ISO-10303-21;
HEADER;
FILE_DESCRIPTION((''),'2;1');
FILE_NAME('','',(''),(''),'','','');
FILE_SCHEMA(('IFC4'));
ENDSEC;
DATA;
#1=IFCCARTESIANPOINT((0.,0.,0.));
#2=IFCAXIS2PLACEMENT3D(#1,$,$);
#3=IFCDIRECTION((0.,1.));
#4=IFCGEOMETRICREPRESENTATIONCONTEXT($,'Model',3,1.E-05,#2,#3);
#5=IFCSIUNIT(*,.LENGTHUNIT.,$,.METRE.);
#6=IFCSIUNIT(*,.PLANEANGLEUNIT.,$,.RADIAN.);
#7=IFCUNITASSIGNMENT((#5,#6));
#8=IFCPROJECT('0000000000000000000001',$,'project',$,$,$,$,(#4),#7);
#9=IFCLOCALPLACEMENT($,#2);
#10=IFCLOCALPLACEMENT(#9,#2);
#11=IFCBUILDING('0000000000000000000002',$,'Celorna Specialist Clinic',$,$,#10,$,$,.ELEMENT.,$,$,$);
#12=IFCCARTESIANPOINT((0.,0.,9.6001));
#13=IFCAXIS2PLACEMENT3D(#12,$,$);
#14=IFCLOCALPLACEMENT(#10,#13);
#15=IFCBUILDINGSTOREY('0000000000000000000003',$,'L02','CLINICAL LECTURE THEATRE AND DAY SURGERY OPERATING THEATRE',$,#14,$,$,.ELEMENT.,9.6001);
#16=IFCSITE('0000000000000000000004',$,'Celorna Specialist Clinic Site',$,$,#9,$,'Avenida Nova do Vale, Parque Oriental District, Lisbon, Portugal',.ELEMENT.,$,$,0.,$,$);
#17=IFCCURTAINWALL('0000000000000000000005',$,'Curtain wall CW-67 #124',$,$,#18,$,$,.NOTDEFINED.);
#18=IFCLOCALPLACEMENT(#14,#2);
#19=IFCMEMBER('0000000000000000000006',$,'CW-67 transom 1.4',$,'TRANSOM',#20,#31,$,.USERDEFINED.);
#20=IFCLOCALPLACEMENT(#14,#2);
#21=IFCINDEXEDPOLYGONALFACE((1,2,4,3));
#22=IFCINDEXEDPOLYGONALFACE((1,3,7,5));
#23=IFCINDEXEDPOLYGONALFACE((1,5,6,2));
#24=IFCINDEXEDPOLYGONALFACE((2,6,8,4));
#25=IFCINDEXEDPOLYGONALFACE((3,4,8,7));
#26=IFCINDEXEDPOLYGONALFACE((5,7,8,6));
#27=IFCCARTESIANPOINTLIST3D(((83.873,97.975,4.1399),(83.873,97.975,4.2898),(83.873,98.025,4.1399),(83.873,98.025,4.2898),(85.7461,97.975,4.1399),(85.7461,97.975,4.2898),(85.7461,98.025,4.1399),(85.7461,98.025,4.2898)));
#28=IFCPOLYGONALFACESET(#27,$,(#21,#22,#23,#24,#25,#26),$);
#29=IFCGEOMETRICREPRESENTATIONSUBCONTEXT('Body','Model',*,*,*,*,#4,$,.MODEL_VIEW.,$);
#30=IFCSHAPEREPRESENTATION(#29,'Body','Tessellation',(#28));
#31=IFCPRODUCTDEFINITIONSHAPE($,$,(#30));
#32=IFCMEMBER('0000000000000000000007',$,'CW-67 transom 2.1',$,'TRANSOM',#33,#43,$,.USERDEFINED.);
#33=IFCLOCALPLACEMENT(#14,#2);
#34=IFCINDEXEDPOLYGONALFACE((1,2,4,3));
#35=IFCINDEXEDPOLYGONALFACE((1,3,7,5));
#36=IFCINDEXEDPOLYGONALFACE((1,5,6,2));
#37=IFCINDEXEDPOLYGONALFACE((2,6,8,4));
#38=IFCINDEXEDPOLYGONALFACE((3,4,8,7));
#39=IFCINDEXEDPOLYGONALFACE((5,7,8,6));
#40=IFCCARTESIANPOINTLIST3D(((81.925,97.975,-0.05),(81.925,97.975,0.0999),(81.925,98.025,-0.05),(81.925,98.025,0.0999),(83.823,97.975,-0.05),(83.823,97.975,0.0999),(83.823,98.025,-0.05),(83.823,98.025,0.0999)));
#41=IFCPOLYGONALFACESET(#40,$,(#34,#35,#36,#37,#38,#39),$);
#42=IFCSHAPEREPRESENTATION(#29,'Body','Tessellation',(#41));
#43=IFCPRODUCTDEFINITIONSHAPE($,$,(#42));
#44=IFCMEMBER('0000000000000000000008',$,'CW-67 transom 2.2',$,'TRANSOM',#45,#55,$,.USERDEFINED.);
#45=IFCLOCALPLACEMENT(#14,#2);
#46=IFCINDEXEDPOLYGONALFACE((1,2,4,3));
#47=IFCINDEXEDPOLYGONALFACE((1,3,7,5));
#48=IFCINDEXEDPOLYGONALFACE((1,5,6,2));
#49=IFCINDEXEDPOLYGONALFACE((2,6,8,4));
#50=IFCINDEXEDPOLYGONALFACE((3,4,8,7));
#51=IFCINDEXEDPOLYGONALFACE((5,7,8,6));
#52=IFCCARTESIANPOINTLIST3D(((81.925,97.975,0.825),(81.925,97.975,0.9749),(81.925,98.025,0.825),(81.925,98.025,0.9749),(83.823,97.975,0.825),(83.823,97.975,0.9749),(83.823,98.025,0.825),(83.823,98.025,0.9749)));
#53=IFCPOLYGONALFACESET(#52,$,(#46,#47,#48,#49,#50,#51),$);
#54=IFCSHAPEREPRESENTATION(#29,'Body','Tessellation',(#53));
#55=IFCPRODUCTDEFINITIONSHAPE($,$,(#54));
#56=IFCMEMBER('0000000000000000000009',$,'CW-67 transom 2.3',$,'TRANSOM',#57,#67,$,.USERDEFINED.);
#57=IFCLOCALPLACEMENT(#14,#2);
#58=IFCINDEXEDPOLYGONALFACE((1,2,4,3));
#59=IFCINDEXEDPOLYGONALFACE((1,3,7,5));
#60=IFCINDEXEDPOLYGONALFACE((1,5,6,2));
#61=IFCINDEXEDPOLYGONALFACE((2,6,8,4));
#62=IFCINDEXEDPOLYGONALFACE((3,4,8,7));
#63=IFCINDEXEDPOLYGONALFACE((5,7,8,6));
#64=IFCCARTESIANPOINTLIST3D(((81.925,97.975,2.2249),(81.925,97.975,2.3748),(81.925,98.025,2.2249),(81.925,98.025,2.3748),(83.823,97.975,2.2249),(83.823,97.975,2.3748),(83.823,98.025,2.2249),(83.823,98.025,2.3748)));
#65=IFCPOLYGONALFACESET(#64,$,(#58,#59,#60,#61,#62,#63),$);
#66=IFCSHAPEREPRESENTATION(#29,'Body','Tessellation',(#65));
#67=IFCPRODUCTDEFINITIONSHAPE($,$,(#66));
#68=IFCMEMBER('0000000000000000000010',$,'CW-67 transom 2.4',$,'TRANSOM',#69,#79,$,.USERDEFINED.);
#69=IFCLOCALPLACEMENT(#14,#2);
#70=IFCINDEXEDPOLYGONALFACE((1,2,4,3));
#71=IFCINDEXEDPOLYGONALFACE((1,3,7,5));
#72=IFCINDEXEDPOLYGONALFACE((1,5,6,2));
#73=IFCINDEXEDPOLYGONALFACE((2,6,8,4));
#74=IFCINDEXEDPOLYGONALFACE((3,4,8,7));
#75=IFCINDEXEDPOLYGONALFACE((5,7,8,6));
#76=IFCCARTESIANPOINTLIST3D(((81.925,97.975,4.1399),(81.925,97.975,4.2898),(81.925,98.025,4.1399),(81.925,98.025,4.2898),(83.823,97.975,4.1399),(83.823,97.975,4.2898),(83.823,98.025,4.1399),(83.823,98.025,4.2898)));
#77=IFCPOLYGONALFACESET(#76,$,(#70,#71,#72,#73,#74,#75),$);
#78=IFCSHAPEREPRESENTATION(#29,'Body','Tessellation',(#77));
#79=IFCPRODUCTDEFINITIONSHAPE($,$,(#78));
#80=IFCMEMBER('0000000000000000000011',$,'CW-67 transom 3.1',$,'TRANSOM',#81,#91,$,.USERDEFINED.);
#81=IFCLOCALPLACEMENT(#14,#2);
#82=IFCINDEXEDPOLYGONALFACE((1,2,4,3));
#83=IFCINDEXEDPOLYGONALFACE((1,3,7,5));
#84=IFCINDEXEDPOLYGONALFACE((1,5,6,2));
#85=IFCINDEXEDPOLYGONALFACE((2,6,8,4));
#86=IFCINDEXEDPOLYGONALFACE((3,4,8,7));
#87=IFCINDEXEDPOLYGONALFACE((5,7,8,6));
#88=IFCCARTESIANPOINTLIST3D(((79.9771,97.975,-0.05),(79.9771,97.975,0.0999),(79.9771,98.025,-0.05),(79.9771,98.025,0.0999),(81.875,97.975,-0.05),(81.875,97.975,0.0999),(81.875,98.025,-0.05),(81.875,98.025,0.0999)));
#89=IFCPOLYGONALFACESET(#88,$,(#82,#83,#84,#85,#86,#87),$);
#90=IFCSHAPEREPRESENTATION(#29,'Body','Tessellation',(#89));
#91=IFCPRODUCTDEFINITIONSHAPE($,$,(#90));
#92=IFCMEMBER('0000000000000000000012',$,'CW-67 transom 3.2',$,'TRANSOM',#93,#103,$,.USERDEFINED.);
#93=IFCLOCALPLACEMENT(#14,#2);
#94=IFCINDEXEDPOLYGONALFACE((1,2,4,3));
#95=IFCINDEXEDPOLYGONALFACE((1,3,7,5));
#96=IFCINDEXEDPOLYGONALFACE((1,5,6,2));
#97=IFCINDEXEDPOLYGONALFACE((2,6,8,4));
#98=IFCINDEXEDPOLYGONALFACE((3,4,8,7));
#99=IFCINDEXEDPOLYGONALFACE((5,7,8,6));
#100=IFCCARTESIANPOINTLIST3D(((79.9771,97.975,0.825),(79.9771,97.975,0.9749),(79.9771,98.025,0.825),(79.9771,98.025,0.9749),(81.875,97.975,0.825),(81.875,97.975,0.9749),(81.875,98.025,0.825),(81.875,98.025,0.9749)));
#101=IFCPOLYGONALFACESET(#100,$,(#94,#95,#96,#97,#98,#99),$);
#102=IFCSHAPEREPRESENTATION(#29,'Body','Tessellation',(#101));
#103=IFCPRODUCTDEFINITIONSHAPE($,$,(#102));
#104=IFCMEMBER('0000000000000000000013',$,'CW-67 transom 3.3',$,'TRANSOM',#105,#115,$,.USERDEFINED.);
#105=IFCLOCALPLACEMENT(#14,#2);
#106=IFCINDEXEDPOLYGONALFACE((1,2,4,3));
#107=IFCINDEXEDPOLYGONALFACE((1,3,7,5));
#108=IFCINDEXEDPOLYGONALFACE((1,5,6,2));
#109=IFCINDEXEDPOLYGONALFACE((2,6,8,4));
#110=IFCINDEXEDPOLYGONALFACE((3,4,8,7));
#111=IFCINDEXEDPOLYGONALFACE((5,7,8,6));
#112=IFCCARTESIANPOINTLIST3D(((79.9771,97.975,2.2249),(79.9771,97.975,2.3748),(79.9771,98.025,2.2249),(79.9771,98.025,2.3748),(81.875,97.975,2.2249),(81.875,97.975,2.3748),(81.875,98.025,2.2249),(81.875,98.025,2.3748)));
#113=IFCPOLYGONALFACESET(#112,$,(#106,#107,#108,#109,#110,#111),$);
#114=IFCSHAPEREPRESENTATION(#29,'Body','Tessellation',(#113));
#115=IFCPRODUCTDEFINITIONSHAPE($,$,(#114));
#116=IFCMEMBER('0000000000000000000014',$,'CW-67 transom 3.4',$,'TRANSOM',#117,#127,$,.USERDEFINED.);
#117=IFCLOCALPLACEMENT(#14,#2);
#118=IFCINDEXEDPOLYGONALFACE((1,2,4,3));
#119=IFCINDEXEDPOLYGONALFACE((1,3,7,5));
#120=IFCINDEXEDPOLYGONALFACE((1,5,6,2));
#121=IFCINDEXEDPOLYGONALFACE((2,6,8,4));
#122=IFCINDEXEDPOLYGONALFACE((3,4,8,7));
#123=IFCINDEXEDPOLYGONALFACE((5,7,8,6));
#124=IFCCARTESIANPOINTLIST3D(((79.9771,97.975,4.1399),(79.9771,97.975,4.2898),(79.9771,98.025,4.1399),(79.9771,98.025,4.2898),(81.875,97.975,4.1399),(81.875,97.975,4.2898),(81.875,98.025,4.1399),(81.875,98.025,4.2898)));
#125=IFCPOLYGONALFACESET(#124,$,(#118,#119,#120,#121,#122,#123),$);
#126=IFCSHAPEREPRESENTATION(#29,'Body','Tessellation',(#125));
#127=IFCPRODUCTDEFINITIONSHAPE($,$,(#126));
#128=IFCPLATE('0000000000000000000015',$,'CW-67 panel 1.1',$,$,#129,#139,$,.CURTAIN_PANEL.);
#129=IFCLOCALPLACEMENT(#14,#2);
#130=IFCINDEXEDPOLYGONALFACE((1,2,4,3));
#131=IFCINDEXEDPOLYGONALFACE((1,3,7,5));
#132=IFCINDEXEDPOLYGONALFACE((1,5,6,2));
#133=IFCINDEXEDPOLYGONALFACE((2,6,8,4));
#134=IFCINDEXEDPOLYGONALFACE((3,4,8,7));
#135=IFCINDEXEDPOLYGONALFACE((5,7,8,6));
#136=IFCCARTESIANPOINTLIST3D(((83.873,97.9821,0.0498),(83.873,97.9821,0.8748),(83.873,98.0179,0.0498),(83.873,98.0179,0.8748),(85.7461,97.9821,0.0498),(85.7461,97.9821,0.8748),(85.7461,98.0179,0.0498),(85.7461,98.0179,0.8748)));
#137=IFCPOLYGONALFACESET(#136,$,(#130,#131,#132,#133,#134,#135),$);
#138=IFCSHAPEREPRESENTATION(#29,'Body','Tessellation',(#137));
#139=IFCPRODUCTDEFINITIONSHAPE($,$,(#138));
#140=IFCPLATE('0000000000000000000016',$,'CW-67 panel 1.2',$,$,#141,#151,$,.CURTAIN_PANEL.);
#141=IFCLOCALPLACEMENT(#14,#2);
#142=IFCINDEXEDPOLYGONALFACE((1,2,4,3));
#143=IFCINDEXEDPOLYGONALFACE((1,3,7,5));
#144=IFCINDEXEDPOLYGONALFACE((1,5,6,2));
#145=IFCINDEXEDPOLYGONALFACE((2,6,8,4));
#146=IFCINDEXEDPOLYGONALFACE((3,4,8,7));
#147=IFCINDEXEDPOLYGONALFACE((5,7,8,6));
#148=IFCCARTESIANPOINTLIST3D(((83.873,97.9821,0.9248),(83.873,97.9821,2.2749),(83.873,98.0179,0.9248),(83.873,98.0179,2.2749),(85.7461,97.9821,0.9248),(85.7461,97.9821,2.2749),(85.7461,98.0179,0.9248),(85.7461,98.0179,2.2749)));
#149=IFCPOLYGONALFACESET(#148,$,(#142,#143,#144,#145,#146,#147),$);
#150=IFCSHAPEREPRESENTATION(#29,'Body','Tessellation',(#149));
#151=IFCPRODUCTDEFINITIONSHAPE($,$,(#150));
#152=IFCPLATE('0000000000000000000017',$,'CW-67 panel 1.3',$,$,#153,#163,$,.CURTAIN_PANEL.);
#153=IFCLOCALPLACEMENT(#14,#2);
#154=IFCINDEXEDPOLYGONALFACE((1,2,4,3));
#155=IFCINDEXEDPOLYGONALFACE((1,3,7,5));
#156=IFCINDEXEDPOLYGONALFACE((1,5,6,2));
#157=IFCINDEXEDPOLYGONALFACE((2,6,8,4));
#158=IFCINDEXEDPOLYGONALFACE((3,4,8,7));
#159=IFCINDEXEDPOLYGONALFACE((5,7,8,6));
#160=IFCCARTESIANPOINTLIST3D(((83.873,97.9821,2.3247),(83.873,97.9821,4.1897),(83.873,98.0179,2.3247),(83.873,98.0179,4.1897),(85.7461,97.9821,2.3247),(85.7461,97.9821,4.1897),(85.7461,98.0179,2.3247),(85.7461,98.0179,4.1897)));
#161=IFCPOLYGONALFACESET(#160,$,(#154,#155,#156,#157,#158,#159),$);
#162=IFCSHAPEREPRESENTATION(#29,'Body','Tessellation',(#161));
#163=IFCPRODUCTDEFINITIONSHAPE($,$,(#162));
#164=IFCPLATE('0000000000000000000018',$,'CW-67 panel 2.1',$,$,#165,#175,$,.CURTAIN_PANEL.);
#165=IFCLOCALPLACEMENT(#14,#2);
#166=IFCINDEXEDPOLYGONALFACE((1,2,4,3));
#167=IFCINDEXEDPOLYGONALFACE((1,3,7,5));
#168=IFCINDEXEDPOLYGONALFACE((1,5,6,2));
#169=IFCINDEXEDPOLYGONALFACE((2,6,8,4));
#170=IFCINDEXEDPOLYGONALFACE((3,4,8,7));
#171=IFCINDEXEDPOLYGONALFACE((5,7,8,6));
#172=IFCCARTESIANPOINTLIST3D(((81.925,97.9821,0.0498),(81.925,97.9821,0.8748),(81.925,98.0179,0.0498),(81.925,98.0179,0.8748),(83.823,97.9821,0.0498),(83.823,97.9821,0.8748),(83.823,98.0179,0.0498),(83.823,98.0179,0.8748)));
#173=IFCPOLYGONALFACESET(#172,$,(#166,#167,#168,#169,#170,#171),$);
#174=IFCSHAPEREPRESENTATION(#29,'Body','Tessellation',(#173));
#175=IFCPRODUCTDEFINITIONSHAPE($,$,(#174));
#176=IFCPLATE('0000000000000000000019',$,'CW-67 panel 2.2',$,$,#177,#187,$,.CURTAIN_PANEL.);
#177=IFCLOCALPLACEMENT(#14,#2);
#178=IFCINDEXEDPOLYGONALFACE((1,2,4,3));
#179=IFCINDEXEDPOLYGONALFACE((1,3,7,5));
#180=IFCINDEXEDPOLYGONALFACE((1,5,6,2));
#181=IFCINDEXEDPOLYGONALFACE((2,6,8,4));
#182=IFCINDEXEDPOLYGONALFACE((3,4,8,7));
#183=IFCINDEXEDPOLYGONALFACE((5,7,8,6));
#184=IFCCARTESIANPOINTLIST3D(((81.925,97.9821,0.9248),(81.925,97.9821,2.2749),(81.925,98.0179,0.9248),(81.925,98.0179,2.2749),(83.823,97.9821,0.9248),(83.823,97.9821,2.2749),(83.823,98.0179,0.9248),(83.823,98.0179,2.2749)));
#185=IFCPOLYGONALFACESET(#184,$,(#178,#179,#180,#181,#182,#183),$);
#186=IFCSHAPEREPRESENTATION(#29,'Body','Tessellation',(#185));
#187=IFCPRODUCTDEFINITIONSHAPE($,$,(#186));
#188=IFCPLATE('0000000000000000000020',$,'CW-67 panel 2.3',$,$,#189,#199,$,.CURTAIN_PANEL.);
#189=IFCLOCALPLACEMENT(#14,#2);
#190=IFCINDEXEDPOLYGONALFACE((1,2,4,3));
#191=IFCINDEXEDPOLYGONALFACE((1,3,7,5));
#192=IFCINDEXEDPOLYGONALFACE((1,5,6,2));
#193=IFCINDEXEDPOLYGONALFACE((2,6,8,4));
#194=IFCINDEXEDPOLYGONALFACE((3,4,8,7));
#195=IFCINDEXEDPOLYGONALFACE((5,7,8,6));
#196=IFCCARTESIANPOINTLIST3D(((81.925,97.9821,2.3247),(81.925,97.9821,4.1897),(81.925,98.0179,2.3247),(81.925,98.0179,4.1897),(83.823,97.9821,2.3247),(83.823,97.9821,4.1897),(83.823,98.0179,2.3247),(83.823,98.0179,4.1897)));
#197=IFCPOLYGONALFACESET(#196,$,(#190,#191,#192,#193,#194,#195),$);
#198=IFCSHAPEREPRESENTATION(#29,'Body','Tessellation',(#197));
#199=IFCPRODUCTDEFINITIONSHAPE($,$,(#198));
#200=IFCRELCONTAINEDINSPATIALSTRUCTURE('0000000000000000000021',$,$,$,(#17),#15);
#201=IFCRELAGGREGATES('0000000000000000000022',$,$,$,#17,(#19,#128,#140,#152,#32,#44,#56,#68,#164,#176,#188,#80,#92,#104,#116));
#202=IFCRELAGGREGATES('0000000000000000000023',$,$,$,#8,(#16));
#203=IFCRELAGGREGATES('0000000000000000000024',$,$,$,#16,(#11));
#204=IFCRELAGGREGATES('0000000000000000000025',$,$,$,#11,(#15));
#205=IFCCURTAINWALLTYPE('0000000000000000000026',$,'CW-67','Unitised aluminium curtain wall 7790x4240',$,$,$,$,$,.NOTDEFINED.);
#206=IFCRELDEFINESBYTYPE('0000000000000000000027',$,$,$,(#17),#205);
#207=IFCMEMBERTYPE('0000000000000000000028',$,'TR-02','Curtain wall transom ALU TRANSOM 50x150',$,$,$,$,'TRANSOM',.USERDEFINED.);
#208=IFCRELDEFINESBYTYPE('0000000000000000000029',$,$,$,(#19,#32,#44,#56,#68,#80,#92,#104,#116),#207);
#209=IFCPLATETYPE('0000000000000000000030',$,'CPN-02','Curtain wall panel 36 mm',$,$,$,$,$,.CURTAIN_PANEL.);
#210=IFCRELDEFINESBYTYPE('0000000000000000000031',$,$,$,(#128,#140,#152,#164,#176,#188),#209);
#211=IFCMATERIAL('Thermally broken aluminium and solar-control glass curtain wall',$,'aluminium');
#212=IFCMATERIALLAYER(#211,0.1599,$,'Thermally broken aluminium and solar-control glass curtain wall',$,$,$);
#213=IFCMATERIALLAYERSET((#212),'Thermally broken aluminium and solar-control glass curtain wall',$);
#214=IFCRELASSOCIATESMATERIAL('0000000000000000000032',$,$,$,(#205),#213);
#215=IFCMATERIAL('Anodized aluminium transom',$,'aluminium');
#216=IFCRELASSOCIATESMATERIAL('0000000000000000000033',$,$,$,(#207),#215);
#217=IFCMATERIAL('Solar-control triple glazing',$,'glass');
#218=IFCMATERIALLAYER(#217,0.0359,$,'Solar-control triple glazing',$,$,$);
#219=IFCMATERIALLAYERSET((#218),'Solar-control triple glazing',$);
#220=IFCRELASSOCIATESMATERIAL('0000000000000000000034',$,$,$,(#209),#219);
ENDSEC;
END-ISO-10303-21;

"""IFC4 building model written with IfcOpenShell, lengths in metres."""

from ifc_helpers import new_model, si_unit, direction, frame, origin, origin_2d, place, context, subcontext, project, spatial, rectangle, extrude, material, layer, layer_set, material_profile, profile_set, type_object, element, aggregate, save


model = new_model("IFC4")

# Units and contexts
model_context = context("Model", 3, precision=1e-05, world=origin(), true_north=direction((0.0, 1.0)))
body_context = subcontext(model_context, "Body", "Model", "MODEL_VIEW")
ifc_project = project(units=[si_unit("LENGTHUNIT", "METRE"), si_unit("PLANEANGLEUNIT", "RADIAN")], contexts=[model_context])

# Site, building, storey
site_placement = place(None, origin())
site = spatial("IfcSite", under=ifc_project, at=site_placement, Name="Celorna Specialist Clinic Site", LongName="Avenida Nova do Vale, Parque Oriental District, Lisbon, Portugal", CompositionType="ELEMENT", RefElevation=0.0)
building_placement = place(site_placement, origin())
building = spatial("IfcBuilding", under=site, at=building_placement, Name="Celorna Specialist Clinic", CompositionType="ELEMENT")
storey_placement = place(building_placement, frame((0.0, 0.0, 9.6001)))
storey = spatial("IfcBuildingStorey", under=building, at=storey_placement, Name="L02", Description="CLINICAL LECTURE THEATRE AND DAY SURGERY OPERATING THEATRE", CompositionType="ELEMENT", Elevation=9.6001)

# Curtain wall, members, plates
ifc_material_1 = material(Name="Thermally broken aluminium and solar-control glass curtain wall", Category="aluminium")
ifc_layer_1 = layer(ifc_material_1, 0.1599, Name="Thermally broken aluminium and solar-control glass curtain wall")
ifc_layer_set_1 = layer_set([ifc_layer_1], Name="Thermally broken aluminium and solar-control glass curtain wall")
curtain_wall_type = type_object("IfcCurtainWallType", Name="CW-67", Description="Unitised aluminium curtain wall 7790x4240", PredefinedType="NOTDEFINED", material=ifc_layer_set_1)
curtain_wall_placement = place(storey_placement, origin())
curtain_wall = element("IfcCurtainWall", 1, at=curtain_wall_placement, inside=storey, type_object=curtain_wall_type, Name="Curtain wall CW-67 #124", PredefinedType="NOTDEFINED")
ifc_material_2 = material(Name="Anodized aluminium transom", Category="aluminium")
ifc_material_profile_1 = material_profile(ifc_material_2, rectangle(XDim=0.05, YDim=0.1499, at=origin_2d()), Name="ALU TRANSOM 50x150")
ifc_profile_set_1 = profile_set([ifc_material_profile_1], Name="Anodized aluminium transom")
member_type_1 = type_object("IfcMemberType", Name="TR-02", Description="Curtain wall transom ALU TRANSOM 50x150", ElementType="TRANSOM", PredefinedType="USERDEFINED", material=ifc_profile_set_1)
member_1_placement = place(storey_placement, frame((85.7461, 98.0, 4.2148), z_axis=(-1.0, 0.0, 0.0), x_axis=(0.0, -1.0, 0.0)))
member_1 = element("IfcMember", 2, at=member_1_placement, type_object=member_type_1, Name="CW-67 transom 1.4", ObjectType="TRANSOM", PredefinedType="USERDEFINED", context=body_context, shape_type="SweptSolid", body=[
    extrude(rectangle(XDim=0.05, YDim=0.1499, at=origin_2d()), origin(), (0.0, 0.0, 1.0), 1.873),
])
member_2_placement = place(storey_placement, frame((83.823, 98.0, 0.0249), z_axis=(-1.0, 0.0, 0.0), x_axis=(0.0, -1.0, 0.0)))
member_2 = element("IfcMember", 3, at=member_2_placement, type_object=member_type_1, Name="CW-67 transom 2.1", ObjectType="TRANSOM", PredefinedType="USERDEFINED", context=body_context, shape_type="SweptSolid", body=[
    extrude(rectangle(XDim=0.05, YDim=0.1499, at=origin_2d()), origin(), (0.0, 0.0, 1.0), 1.8979),
])
member_3_placement = place(storey_placement, frame((83.823, 98.0, 0.8999), z_axis=(-1.0, 0.0, 0.0), x_axis=(0.0, -1.0, 0.0)))
member_3 = element("IfcMember", 4, at=member_3_placement, type_object=member_type_1, Name="CW-67 transom 2.2", ObjectType="TRANSOM", PredefinedType="USERDEFINED", context=body_context, shape_type="SweptSolid", body=[
    extrude(rectangle(XDim=0.05, YDim=0.1499, at=origin_2d()), origin(), (0.0, 0.0, 1.0), 1.8979),
])
member_4_placement = place(storey_placement, frame((83.823, 98.0, 2.2998), z_axis=(-1.0, 0.0, 0.0), x_axis=(0.0, -1.0, 0.0)))
member_4 = element("IfcMember", 5, at=member_4_placement, type_object=member_type_1, Name="CW-67 transom 2.3", ObjectType="TRANSOM", PredefinedType="USERDEFINED", context=body_context, shape_type="SweptSolid", body=[
    extrude(rectangle(XDim=0.05, YDim=0.1499, at=origin_2d()), origin(), (0.0, 0.0, 1.0), 1.8979),
])
member_5_placement = place(storey_placement, frame((83.823, 98.0, 4.2148), z_axis=(-1.0, 0.0, 0.0), x_axis=(0.0, -1.0, 0.0)))
member_5 = element("IfcMember", 6, at=member_5_placement, type_object=member_type_1, Name="CW-67 transom 2.4", ObjectType="TRANSOM", PredefinedType="USERDEFINED", context=body_context, shape_type="SweptSolid", body=[
    extrude(rectangle(XDim=0.05, YDim=0.1499, at=origin_2d()), origin(), (0.0, 0.0, 1.0), 1.8979),
])
member_6_placement = place(storey_placement, frame((81.875, 98.0, 0.0249), z_axis=(-1.0, 0.0, 0.0), x_axis=(0.0, -1.0, 0.0)))
member_6 = element("IfcMember", 7, at=member_6_placement, type_object=member_type_1, Name="CW-67 transom 3.1", ObjectType="TRANSOM", PredefinedType="USERDEFINED", context=body_context, shape_type="SweptSolid", body=[
    extrude(rectangle(XDim=0.05, YDim=0.1499, at=origin_2d()), origin(), (0.0, 0.0, 1.0), 1.8979),
])
member_7_placement = place(storey_placement, frame((81.875, 98.0, 0.8999), z_axis=(-1.0, 0.0, 0.0), x_axis=(0.0, -1.0, 0.0)))
member_7 = element("IfcMember", 8, at=member_7_placement, type_object=member_type_1, Name="CW-67 transom 3.2", ObjectType="TRANSOM", PredefinedType="USERDEFINED", context=body_context, shape_type="SweptSolid", body=[
    extrude(rectangle(XDim=0.05, YDim=0.1499, at=origin_2d()), origin(), (0.0, 0.0, 1.0), 1.8979),
])
member_8_placement = place(storey_placement, frame((81.875, 98.0, 2.2998), z_axis=(-1.0, 0.0, 0.0), x_axis=(0.0, -1.0, 0.0)))
member_8 = element("IfcMember", 9, at=member_8_placement, type_object=member_type_1, Name="CW-67 transom 3.3", ObjectType="TRANSOM", PredefinedType="USERDEFINED", context=body_context, shape_type="SweptSolid", body=[
    extrude(rectangle(XDim=0.05, YDim=0.1499, at=origin_2d()), origin(), (0.0, 0.0, 1.0), 1.8979),
])
member_9_placement = place(storey_placement, frame((81.875, 98.0, 4.2148), z_axis=(-1.0, 0.0, 0.0), x_axis=(0.0, -1.0, 0.0)))
member_9 = element("IfcMember", 10, at=member_9_placement, type_object=member_type_1, Name="CW-67 transom 3.4", ObjectType="TRANSOM", PredefinedType="USERDEFINED", context=body_context, shape_type="SweptSolid", body=[
    extrude(rectangle(XDim=0.05, YDim=0.1499, at=origin_2d()), origin(), (0.0, 0.0, 1.0), 1.8979),
])
ifc_material_3 = material(Name="Solar-control triple glazing", Category="glass")
ifc_layer_2 = layer(ifc_material_3, 0.0359, Name="Solar-control triple glazing")
ifc_layer_set_2 = layer_set([ifc_layer_2], Name="Solar-control triple glazing")
plate_type = type_object("IfcPlateType", Name="CPN-02", Description="Curtain wall panel 36 mm", PredefinedType="CURTAIN_PANEL", material=ifc_layer_set_2)
plate_1_placement = place(storey_placement, frame((84.8096, 98.0, 0.0498), z_axis=(0.0, 0.0, 1.0), x_axis=(-1.0, 0.0, 0.0)))
plate_1 = element("IfcPlate", 11, at=plate_1_placement, type_object=plate_type, Name="CW-67 panel 1.1", PredefinedType="CURTAIN_PANEL", context=body_context, shape_type="SweptSolid", body=[
    extrude(rectangle(XDim=1.873, YDim=0.0359, at=origin_2d()), origin(), (0.0, 0.0, 1.0), 0.825),
])
plate_2_placement = place(storey_placement, frame((84.8096, 98.0, 0.9248), z_axis=(0.0, 0.0, 1.0), x_axis=(-1.0, 0.0, 0.0)))
plate_2 = element("IfcPlate", 12, at=plate_2_placement, type_object=plate_type, Name="CW-67 panel 1.2", PredefinedType="CURTAIN_PANEL", context=body_context, shape_type="SweptSolid", body=[
    extrude(rectangle(XDim=1.873, YDim=0.0359, at=origin_2d()), origin(), (0.0, 0.0, 1.0), 1.3501),
])
plate_3_placement = place(storey_placement, frame((84.8096, 98.0, 2.3247), z_axis=(0.0, 0.0, 1.0), x_axis=(-1.0, 0.0, 0.0)))
plate_3 = element("IfcPlate", 13, at=plate_3_placement, type_object=plate_type, Name="CW-67 panel 1.3", PredefinedType="CURTAIN_PANEL", context=body_context, shape_type="SweptSolid", body=[
    extrude(rectangle(XDim=1.873, YDim=0.0359, at=origin_2d()), origin(), (0.0, 0.0, 1.0), 1.865),
])
plate_4_placement = place(storey_placement, frame((82.874, 98.0, 0.0498), z_axis=(0.0, 0.0, 1.0), x_axis=(-1.0, 0.0, 0.0)))
plate_4 = element("IfcPlate", 14, at=plate_4_placement, type_object=plate_type, Name="CW-67 panel 2.1", PredefinedType="CURTAIN_PANEL", context=body_context, shape_type="SweptSolid", body=[
    extrude(rectangle(XDim=1.8979, YDim=0.0359, at=origin_2d()), origin(), (0.0, 0.0, 1.0), 0.825),
])
plate_5_placement = place(storey_placement, frame((82.874, 98.0, 0.9248), z_axis=(0.0, 0.0, 1.0), x_axis=(-1.0, 0.0, 0.0)))
plate_5 = element("IfcPlate", 15, at=plate_5_placement, type_object=plate_type, Name="CW-67 panel 2.2", PredefinedType="CURTAIN_PANEL", context=body_context, shape_type="SweptSolid", body=[
    extrude(rectangle(XDim=1.8979, YDim=0.0359, at=origin_2d()), origin(), (0.0, 0.0, 1.0), 1.3501),
])
plate_6_placement = place(storey_placement, frame((82.874, 98.0, 2.3247), z_axis=(0.0, 0.0, 1.0), x_axis=(-1.0, 0.0, 0.0)))
plate_6 = element("IfcPlate", 16, at=plate_6_placement, type_object=plate_type, Name="CW-67 panel 2.3", PredefinedType="CURTAIN_PANEL", context=body_context, shape_type="SweptSolid", body=[
    extrude(rectangle(XDim=1.8979, YDim=0.0359, at=origin_2d()), origin(), (0.0, 0.0, 1.0), 1.865),
])
aggregate(curtain_wall, [member_1, plate_1, plate_2, plate_3, member_2, member_3, member_4, member_5, plate_4, plate_5, plate_6, member_6, member_7, member_8, member_9])

save(model, "model.ifc")
